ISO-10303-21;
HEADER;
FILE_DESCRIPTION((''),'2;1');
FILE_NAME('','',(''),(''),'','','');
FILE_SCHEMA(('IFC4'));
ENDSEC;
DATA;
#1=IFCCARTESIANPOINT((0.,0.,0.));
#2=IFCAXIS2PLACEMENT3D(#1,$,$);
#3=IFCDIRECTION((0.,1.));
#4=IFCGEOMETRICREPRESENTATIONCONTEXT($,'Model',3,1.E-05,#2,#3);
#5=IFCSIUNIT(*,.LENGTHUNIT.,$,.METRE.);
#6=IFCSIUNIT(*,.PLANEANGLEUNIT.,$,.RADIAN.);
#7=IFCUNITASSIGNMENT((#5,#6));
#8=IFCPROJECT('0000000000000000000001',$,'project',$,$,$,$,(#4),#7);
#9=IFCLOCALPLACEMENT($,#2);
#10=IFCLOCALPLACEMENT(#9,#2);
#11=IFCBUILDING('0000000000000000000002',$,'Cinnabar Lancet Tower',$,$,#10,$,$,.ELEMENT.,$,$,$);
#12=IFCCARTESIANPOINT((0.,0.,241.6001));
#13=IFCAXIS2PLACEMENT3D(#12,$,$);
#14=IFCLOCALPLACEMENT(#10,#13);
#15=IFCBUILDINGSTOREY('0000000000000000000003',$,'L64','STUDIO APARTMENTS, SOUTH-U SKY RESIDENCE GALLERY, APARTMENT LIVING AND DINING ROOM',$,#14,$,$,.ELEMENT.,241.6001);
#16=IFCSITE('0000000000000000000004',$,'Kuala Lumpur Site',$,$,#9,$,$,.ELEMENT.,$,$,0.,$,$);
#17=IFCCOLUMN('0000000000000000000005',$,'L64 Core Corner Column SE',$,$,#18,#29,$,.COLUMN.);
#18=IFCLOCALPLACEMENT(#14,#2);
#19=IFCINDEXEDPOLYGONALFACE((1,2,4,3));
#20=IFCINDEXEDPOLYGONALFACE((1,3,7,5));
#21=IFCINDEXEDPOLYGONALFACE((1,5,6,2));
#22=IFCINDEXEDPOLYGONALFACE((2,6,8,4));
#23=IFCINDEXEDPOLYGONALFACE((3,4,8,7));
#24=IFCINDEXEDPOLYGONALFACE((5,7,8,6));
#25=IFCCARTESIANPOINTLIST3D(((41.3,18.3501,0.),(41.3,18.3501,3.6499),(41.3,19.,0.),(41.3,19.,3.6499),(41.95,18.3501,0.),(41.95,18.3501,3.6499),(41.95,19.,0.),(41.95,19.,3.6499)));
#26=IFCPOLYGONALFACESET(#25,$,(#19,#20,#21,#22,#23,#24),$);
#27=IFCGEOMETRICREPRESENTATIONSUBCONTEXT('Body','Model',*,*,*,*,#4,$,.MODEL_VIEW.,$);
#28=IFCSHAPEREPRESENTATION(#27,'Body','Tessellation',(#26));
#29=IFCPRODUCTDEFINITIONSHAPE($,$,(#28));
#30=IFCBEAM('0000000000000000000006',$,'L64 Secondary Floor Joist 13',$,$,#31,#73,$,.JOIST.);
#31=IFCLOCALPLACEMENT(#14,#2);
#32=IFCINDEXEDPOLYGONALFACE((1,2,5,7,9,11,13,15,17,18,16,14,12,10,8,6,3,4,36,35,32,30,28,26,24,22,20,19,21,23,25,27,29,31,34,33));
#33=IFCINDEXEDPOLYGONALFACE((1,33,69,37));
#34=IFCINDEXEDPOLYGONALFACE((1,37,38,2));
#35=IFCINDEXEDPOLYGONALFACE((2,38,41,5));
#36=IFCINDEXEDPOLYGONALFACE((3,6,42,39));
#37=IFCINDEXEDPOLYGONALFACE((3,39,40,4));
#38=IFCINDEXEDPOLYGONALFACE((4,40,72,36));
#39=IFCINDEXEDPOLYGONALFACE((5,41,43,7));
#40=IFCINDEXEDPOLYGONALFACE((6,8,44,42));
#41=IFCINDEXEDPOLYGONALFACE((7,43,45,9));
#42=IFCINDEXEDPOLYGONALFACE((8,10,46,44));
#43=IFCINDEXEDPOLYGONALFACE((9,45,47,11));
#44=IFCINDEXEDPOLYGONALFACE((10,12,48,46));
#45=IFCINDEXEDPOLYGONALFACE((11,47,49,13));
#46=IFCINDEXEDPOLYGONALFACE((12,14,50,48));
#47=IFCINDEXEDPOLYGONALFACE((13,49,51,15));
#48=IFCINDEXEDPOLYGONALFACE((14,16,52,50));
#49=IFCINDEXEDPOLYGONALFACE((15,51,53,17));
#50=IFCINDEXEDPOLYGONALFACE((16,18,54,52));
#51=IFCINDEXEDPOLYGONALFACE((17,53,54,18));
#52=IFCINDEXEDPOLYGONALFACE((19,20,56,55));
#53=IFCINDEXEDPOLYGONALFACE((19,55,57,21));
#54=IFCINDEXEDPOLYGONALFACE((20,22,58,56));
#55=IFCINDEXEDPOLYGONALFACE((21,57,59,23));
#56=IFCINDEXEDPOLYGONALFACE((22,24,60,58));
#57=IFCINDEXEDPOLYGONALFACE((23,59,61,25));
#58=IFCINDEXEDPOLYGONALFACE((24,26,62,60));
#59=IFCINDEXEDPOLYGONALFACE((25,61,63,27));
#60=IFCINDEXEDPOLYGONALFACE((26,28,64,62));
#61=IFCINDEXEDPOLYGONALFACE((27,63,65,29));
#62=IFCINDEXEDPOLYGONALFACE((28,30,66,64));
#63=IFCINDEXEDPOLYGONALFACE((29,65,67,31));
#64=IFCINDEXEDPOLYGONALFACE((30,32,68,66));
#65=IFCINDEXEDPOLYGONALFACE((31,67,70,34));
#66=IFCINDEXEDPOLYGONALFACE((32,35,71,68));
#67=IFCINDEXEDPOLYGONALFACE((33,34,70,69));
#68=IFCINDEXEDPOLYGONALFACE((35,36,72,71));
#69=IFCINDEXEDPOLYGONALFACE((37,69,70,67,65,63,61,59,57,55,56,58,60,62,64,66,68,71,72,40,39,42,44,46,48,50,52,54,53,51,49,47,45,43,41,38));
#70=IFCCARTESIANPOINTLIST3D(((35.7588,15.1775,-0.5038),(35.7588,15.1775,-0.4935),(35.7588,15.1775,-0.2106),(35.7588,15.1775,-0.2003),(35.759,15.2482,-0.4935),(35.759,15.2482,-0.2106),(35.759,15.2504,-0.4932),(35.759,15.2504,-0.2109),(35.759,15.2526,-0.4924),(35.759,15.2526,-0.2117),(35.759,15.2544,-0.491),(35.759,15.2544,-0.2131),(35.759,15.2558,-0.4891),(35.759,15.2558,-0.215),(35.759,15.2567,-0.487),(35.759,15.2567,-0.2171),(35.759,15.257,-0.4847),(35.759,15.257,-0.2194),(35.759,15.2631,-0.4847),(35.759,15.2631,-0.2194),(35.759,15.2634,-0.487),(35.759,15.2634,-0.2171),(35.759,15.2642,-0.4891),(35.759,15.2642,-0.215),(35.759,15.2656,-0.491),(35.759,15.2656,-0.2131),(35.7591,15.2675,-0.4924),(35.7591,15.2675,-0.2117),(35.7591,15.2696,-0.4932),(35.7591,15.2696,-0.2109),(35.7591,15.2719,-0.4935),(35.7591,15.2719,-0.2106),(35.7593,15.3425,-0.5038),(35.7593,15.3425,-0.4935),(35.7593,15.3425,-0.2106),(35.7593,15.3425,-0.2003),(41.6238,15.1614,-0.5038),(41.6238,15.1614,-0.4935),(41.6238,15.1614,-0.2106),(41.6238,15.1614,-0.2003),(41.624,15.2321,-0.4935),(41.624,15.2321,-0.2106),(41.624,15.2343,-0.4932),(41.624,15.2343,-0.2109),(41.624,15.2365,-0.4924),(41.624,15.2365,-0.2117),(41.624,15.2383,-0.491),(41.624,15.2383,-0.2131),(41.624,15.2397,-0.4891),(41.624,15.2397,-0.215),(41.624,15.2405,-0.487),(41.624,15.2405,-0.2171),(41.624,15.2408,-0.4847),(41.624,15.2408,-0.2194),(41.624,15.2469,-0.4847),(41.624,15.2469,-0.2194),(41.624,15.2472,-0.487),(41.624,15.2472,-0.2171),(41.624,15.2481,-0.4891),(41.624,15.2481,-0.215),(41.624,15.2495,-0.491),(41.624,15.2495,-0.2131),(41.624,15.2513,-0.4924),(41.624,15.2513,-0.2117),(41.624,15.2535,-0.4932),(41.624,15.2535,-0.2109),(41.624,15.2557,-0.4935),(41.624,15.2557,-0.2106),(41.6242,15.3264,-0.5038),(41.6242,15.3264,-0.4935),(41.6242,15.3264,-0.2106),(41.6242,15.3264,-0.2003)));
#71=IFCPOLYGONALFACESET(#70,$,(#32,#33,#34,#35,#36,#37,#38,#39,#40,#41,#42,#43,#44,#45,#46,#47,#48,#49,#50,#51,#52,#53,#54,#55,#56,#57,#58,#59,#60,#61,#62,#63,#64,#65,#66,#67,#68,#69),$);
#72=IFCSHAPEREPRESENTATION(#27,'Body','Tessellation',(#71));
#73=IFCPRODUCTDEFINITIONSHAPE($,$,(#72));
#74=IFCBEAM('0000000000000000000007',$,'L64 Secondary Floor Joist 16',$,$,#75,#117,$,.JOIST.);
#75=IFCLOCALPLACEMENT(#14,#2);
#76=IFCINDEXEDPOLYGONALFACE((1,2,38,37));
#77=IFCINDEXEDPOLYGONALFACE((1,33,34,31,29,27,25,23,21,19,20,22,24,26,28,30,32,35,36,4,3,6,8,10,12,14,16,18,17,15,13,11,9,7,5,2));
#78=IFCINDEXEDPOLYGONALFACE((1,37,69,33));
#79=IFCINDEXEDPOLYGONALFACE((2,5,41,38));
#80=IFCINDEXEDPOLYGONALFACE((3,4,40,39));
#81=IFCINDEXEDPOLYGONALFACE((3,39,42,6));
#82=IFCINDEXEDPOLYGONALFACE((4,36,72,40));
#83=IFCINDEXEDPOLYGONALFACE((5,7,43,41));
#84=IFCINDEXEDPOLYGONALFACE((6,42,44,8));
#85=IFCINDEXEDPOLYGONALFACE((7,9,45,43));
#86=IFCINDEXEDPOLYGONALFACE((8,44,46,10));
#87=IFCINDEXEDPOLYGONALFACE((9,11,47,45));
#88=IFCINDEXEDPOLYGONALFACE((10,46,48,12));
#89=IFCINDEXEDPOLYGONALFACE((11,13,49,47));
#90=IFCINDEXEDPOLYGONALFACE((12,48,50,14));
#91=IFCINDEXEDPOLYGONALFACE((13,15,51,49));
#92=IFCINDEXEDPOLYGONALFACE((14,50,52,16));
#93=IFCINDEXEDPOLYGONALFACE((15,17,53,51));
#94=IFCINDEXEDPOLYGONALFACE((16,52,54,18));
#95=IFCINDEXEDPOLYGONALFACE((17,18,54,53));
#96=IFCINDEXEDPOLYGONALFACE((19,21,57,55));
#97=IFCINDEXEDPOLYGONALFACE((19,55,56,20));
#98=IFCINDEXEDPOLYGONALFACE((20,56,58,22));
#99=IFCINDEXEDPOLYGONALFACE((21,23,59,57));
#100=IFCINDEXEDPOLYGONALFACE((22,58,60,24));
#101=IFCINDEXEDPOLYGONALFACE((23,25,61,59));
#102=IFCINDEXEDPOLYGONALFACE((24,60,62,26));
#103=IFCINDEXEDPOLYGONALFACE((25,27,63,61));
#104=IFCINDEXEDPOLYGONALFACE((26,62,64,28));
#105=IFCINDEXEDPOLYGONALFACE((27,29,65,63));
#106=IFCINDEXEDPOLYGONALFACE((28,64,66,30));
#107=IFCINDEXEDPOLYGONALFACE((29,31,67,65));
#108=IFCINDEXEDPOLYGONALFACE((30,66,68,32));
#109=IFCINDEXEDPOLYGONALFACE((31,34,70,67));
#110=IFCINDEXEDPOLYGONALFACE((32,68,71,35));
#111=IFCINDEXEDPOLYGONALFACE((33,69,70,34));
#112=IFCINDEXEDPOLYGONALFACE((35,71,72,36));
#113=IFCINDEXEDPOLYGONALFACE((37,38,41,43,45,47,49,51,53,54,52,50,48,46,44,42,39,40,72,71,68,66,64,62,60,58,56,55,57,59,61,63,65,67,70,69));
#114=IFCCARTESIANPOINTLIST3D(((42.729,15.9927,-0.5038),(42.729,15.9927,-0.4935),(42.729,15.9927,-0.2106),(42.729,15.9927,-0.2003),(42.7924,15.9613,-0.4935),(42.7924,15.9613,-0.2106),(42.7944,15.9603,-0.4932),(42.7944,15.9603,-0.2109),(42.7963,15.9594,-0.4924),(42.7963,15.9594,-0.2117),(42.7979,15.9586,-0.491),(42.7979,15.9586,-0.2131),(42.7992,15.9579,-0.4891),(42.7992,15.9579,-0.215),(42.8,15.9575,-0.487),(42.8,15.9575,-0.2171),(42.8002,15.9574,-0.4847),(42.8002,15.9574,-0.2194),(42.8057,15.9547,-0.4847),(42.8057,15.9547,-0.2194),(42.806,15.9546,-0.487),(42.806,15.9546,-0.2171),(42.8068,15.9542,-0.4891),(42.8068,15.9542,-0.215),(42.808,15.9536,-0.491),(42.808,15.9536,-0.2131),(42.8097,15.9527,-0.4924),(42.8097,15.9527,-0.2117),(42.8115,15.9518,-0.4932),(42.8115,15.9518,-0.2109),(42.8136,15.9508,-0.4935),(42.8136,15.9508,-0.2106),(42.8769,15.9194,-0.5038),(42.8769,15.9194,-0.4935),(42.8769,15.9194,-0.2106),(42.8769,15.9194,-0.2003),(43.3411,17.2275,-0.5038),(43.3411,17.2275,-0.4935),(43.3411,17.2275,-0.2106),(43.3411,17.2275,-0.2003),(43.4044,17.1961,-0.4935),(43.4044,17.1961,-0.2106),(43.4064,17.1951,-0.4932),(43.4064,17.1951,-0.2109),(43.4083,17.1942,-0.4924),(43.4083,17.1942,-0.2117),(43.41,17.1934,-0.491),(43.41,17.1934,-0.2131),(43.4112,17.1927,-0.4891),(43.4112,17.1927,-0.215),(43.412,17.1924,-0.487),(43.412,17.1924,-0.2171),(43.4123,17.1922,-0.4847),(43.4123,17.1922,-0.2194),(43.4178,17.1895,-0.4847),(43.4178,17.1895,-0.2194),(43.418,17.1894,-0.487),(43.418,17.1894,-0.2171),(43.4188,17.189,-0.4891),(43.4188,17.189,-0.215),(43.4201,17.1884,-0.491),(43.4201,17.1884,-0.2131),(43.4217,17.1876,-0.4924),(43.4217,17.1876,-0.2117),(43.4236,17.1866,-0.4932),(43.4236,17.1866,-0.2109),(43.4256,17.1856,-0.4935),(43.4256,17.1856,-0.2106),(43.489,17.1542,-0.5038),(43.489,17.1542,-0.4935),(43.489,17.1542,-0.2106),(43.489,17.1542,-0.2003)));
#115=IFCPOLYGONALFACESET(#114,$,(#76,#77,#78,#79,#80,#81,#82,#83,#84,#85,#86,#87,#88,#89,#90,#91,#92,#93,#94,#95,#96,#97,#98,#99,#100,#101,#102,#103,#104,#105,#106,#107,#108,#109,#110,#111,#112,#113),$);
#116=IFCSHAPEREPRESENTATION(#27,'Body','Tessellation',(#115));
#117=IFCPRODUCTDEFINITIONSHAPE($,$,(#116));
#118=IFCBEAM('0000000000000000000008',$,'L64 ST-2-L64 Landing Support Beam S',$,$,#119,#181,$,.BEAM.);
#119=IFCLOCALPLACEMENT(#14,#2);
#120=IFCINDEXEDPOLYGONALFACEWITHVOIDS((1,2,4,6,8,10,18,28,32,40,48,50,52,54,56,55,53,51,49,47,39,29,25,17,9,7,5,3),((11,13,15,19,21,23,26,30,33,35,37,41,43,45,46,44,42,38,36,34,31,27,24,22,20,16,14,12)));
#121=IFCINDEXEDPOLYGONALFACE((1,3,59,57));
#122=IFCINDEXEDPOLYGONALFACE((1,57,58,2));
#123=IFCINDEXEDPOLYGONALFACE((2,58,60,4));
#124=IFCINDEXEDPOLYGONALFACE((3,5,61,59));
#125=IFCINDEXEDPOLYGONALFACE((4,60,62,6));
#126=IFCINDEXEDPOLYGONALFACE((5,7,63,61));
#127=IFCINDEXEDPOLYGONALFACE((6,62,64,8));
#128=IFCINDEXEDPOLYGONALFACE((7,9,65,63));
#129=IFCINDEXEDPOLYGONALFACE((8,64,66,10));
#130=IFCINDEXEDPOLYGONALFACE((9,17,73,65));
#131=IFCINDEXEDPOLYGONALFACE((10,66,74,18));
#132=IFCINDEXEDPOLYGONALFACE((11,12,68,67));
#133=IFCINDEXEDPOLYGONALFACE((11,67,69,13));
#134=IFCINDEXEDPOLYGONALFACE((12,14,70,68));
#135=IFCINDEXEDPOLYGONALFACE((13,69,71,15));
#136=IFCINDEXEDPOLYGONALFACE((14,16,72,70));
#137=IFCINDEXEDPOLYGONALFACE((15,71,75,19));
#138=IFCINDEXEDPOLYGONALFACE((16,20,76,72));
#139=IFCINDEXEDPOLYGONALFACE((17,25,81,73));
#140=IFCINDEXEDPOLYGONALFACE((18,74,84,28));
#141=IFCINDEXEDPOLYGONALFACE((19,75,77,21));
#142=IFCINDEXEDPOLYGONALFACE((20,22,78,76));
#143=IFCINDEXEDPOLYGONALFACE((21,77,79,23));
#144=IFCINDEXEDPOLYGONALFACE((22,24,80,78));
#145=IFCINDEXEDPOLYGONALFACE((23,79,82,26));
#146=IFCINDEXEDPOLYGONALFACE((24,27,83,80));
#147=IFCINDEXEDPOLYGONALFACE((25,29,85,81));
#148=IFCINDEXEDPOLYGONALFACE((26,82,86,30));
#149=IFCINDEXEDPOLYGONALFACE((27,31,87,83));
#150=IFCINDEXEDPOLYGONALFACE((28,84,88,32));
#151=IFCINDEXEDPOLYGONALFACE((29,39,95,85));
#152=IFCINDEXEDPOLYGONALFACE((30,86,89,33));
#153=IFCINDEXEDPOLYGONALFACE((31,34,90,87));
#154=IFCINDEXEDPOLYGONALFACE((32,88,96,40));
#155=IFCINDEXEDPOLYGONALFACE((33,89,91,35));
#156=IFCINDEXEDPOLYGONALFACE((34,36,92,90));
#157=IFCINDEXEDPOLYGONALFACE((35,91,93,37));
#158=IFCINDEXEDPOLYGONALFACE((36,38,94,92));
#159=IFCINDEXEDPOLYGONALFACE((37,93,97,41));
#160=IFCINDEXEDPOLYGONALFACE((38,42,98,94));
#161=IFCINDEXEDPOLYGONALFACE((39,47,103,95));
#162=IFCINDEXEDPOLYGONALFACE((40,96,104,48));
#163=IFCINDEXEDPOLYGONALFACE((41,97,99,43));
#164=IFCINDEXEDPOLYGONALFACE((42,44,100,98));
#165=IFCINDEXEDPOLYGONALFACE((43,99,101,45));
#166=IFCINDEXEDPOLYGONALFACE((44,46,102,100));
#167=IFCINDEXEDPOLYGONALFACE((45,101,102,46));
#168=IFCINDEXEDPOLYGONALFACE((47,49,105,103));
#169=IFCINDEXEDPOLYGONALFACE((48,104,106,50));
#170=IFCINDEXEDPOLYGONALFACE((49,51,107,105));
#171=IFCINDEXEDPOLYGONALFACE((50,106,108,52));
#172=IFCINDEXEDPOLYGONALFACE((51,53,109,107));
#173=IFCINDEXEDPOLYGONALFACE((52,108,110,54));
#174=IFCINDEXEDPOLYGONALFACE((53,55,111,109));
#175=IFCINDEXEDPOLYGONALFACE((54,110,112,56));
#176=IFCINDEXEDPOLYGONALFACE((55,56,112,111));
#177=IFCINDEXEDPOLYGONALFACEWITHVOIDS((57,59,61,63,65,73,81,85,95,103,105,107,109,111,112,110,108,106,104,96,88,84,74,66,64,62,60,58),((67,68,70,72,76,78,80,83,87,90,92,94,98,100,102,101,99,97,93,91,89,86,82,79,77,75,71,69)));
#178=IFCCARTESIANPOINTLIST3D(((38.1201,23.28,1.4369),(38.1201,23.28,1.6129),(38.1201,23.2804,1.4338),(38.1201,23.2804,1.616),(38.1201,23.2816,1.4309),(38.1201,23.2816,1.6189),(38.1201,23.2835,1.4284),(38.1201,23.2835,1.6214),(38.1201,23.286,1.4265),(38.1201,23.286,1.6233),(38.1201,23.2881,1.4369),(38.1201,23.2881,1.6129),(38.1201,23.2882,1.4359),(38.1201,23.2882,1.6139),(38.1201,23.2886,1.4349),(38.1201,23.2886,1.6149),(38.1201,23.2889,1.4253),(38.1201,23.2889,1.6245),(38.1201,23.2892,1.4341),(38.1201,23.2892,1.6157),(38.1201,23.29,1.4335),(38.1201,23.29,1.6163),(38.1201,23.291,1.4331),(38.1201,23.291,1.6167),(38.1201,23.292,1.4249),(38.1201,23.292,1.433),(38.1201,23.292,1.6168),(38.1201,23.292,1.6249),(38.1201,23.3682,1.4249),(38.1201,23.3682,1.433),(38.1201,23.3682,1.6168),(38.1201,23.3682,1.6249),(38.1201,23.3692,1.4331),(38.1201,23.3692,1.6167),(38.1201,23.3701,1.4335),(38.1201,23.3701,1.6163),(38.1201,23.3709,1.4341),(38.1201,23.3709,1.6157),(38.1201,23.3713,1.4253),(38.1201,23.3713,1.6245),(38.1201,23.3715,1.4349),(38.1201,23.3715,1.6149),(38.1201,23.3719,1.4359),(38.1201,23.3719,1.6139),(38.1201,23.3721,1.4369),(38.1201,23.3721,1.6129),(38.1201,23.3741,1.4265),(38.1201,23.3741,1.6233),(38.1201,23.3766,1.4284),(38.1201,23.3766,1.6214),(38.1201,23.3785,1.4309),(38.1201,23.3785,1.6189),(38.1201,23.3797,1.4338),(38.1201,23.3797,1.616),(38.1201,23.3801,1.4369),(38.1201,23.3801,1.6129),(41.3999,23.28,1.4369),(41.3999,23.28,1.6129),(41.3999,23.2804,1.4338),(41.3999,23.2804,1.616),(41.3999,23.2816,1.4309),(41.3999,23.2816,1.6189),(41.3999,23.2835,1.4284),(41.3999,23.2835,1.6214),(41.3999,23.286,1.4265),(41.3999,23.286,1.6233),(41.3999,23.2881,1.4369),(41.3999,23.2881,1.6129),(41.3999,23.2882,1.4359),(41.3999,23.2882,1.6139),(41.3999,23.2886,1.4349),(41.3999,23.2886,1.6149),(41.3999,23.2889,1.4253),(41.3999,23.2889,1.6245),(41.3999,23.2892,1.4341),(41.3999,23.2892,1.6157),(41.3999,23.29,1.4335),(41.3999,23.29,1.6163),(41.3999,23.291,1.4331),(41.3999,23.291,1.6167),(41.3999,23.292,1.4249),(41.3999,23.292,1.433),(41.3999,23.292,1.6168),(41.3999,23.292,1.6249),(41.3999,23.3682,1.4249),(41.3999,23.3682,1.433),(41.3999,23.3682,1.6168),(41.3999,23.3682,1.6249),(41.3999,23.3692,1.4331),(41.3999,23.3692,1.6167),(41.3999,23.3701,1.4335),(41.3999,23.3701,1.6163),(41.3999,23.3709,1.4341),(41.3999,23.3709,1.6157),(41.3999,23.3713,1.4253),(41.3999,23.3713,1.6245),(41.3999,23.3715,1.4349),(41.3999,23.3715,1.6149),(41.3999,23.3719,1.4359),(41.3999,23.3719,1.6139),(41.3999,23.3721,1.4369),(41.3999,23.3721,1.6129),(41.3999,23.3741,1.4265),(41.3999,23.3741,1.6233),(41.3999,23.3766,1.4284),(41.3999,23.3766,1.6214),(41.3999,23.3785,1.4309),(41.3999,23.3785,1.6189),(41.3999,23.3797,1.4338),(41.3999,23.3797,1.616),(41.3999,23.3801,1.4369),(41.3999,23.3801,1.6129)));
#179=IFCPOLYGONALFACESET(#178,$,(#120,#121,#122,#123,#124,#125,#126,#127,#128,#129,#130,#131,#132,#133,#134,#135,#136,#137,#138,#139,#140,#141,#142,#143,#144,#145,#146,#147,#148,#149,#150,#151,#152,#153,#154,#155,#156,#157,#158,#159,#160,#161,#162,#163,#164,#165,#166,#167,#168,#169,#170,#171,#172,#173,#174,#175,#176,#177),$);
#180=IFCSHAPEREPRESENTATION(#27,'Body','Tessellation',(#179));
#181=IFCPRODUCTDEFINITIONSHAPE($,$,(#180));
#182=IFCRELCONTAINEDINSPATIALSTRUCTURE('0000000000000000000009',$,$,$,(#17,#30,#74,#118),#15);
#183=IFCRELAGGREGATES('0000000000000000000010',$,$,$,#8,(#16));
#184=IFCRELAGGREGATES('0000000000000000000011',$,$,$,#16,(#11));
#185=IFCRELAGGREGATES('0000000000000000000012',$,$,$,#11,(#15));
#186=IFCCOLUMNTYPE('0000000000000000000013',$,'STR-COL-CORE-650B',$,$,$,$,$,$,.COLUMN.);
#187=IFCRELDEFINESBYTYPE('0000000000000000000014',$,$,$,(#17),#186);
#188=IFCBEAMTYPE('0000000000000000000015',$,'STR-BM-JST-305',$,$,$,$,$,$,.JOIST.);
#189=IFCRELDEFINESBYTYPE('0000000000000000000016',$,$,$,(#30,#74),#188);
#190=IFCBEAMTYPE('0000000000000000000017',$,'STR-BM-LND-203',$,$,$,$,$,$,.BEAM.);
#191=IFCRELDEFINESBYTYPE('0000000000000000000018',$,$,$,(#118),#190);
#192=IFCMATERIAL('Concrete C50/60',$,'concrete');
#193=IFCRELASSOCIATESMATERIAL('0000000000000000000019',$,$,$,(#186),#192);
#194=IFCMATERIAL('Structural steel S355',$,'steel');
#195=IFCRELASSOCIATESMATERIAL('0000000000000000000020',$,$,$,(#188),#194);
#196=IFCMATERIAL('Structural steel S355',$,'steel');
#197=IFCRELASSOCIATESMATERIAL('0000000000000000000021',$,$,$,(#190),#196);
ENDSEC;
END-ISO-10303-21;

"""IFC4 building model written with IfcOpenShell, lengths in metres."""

from ifc_helpers import new_model, si_unit, direction, frame, origin, origin_2d, place, context, subcontext, project, spatial, rectangle, hollow_rectangle, i_section, extrude, material, material_profile, profile_set, type_object, element, save


model = new_model("IFC4")

# Units and contexts
model_context = context("Model", 3, precision=1e-05, world=origin(), true_north=direction((0.0, 1.0)))
body_context = subcontext(model_context, "Body", "Model", "MODEL_VIEW")
ifc_project = project(units=[si_unit("LENGTHUNIT", "METRE"), si_unit("PLANEANGLEUNIT", "RADIAN")], contexts=[model_context])

# Site, building, storey
site_placement = place(None, origin())
site = spatial("IfcSite", under=ifc_project, at=site_placement, Name="Kuala Lumpur Site", CompositionType="ELEMENT", RefElevation=0.0)
building_placement = place(site_placement, origin())
building = spatial("IfcBuilding", under=site, at=building_placement, Name="Cinnabar Lancet Tower", CompositionType="ELEMENT")
storey_placement = place(building_placement, frame((0.0, 0.0, 241.6001)))
storey = spatial("IfcBuildingStorey", under=building, at=storey_placement, Name="L64", Description="STUDIO APARTMENTS, SOUTH-U SKY RESIDENCE GALLERY, APARTMENT LIVING AND DINING ROOM", CompositionType="ELEMENT", Elevation=241.6001)

# Column
ifc_material_1 = material(Name="Concrete C50/60", Category="concrete")
ifc_material_profile_1 = material_profile(ifc_material_1, rectangle(XDim=0.6499, YDim=0.6499, at=origin_2d()), Name="RC-COL 650x650")
ifc_profile_set_1 = profile_set([ifc_material_profile_1], Name="Concrete C50/60")
column_type = type_object("IfcColumnType", Name="STR-COL-CORE-650B", PredefinedType="COLUMN", material=ifc_profile_set_1)
column_placement = place(storey_placement, frame((41.625, 18.675, 0.0), z_axis=(0.0, 0.0, 1.0), x_axis=(1.0, 0.0, 0.0)))
element("IfcColumn", 1, at=column_placement, inside=storey, type_object=column_type, Name="L64 Core Corner Column SE", PredefinedType="COLUMN", context=body_context, shape_type="SweptSolid", body=[
    extrude(rectangle(XDim=0.6499, YDim=0.6499, at=origin_2d()), origin(), (0.0, 0.0, 1.0), 3.6499),
])

# Beams
ifc_material_2 = material(Name="Structural steel S355", Category="steel")
ifc_material_profile_2 = material_profile(ifc_material_2, i_section(OverallWidth=0.165, OverallDepth=0.3035, WebThickness=0.0061, FlangeThickness=0.0103, FilletRadius=0.0088, at=origin_2d()), Name="UKB 305x165x40")
ifc_profile_set_2 = profile_set([ifc_material_profile_2], Name="Structural steel S355")
beam_type_1 = type_object("IfcBeamType", Name="STR-BM-JST-305", PredefinedType="JOIST", material=ifc_profile_set_2)
beam_1_placement = place(storey_placement, frame((35.759, 15.26, -0.3521), z_axis=(0.999996, -0.002747, 0.0), x_axis=(0.002747, 0.999996, 0.0)))
element("IfcBeam", 2, at=beam_1_placement, inside=storey, type_object=beam_type_1, Name="L64 Secondary Floor Joist 13", PredefinedType="JOIST", context=body_context, shape_type="SweptSolid", body=[
    extrude(i_section(OverallWidth=0.165, OverallDepth=0.3035, WebThickness=0.0061, FlangeThickness=0.0103, FilletRadius=0.0088, at=origin_2d()), origin(), (0.0, 0.0, 1.0), 5.865),
])
beam_2_placement = place(storey_placement, frame((42.803, 15.9561, -0.3521), z_axis=(0.444093, 0.895981, 0.0), x_axis=(-0.895981, 0.444093, 0.0)))
element("IfcBeam", 3, at=beam_2_placement, inside=storey, type_object=beam_type_1, Name="L64 Secondary Floor Joist 16", PredefinedType="JOIST", context=body_context, shape_type="SweptSolid", body=[
    extrude(i_section(OverallWidth=0.165, OverallDepth=0.3035, WebThickness=0.0061, FlangeThickness=0.0103, FilletRadius=0.0088, at=origin_2d()), origin(), (0.0, 0.0, 1.0), 1.3782),
])
ifc_material_3 = material(Name="Structural steel S355", Category="steel")
ifc_material_profile_3 = material_profile(ifc_material_3, hollow_rectangle(XDim=0.1001, YDim=0.2, WallThickness=0.0081, InnerFilletRadius=0.0039, OuterFilletRadius=0.012, at=origin_2d()), Name="RHS 200x100x8")
ifc_profile_set_3 = profile_set([ifc_material_profile_3], Name="Structural steel S355")
beam_type_2 = type_object("IfcBeamType", Name="STR-BM-LND-203", PredefinedType="BEAM", material=ifc_profile_set_3)
for number, where, z_axis, x_axis, name in (
    (4, (38.1201, 23.3301, 1.5249), (1.0, 0.0, 0.0), (0.0, 1.0, 0.0), "L64 ST-2-L64 Landing Support Beam S"),
):
    element("IfcBeam", number, at=place(storey_placement, frame(where, z_axis=z_axis, x_axis=x_axis)), inside=storey, type_object=beam_type_2, Name=name, PredefinedType="BEAM", context=body_context, shape_type="SweptSolid", body=[
        extrude(hollow_rectangle(XDim=0.1001, YDim=0.2, WallThickness=0.0081, InnerFilletRadius=0.0039, OuterFilletRadius=0.012, at=origin_2d()), origin(), (0.0, 0.0, 1.0), 3.2798),
    ])

save(model, "model.ifc")
